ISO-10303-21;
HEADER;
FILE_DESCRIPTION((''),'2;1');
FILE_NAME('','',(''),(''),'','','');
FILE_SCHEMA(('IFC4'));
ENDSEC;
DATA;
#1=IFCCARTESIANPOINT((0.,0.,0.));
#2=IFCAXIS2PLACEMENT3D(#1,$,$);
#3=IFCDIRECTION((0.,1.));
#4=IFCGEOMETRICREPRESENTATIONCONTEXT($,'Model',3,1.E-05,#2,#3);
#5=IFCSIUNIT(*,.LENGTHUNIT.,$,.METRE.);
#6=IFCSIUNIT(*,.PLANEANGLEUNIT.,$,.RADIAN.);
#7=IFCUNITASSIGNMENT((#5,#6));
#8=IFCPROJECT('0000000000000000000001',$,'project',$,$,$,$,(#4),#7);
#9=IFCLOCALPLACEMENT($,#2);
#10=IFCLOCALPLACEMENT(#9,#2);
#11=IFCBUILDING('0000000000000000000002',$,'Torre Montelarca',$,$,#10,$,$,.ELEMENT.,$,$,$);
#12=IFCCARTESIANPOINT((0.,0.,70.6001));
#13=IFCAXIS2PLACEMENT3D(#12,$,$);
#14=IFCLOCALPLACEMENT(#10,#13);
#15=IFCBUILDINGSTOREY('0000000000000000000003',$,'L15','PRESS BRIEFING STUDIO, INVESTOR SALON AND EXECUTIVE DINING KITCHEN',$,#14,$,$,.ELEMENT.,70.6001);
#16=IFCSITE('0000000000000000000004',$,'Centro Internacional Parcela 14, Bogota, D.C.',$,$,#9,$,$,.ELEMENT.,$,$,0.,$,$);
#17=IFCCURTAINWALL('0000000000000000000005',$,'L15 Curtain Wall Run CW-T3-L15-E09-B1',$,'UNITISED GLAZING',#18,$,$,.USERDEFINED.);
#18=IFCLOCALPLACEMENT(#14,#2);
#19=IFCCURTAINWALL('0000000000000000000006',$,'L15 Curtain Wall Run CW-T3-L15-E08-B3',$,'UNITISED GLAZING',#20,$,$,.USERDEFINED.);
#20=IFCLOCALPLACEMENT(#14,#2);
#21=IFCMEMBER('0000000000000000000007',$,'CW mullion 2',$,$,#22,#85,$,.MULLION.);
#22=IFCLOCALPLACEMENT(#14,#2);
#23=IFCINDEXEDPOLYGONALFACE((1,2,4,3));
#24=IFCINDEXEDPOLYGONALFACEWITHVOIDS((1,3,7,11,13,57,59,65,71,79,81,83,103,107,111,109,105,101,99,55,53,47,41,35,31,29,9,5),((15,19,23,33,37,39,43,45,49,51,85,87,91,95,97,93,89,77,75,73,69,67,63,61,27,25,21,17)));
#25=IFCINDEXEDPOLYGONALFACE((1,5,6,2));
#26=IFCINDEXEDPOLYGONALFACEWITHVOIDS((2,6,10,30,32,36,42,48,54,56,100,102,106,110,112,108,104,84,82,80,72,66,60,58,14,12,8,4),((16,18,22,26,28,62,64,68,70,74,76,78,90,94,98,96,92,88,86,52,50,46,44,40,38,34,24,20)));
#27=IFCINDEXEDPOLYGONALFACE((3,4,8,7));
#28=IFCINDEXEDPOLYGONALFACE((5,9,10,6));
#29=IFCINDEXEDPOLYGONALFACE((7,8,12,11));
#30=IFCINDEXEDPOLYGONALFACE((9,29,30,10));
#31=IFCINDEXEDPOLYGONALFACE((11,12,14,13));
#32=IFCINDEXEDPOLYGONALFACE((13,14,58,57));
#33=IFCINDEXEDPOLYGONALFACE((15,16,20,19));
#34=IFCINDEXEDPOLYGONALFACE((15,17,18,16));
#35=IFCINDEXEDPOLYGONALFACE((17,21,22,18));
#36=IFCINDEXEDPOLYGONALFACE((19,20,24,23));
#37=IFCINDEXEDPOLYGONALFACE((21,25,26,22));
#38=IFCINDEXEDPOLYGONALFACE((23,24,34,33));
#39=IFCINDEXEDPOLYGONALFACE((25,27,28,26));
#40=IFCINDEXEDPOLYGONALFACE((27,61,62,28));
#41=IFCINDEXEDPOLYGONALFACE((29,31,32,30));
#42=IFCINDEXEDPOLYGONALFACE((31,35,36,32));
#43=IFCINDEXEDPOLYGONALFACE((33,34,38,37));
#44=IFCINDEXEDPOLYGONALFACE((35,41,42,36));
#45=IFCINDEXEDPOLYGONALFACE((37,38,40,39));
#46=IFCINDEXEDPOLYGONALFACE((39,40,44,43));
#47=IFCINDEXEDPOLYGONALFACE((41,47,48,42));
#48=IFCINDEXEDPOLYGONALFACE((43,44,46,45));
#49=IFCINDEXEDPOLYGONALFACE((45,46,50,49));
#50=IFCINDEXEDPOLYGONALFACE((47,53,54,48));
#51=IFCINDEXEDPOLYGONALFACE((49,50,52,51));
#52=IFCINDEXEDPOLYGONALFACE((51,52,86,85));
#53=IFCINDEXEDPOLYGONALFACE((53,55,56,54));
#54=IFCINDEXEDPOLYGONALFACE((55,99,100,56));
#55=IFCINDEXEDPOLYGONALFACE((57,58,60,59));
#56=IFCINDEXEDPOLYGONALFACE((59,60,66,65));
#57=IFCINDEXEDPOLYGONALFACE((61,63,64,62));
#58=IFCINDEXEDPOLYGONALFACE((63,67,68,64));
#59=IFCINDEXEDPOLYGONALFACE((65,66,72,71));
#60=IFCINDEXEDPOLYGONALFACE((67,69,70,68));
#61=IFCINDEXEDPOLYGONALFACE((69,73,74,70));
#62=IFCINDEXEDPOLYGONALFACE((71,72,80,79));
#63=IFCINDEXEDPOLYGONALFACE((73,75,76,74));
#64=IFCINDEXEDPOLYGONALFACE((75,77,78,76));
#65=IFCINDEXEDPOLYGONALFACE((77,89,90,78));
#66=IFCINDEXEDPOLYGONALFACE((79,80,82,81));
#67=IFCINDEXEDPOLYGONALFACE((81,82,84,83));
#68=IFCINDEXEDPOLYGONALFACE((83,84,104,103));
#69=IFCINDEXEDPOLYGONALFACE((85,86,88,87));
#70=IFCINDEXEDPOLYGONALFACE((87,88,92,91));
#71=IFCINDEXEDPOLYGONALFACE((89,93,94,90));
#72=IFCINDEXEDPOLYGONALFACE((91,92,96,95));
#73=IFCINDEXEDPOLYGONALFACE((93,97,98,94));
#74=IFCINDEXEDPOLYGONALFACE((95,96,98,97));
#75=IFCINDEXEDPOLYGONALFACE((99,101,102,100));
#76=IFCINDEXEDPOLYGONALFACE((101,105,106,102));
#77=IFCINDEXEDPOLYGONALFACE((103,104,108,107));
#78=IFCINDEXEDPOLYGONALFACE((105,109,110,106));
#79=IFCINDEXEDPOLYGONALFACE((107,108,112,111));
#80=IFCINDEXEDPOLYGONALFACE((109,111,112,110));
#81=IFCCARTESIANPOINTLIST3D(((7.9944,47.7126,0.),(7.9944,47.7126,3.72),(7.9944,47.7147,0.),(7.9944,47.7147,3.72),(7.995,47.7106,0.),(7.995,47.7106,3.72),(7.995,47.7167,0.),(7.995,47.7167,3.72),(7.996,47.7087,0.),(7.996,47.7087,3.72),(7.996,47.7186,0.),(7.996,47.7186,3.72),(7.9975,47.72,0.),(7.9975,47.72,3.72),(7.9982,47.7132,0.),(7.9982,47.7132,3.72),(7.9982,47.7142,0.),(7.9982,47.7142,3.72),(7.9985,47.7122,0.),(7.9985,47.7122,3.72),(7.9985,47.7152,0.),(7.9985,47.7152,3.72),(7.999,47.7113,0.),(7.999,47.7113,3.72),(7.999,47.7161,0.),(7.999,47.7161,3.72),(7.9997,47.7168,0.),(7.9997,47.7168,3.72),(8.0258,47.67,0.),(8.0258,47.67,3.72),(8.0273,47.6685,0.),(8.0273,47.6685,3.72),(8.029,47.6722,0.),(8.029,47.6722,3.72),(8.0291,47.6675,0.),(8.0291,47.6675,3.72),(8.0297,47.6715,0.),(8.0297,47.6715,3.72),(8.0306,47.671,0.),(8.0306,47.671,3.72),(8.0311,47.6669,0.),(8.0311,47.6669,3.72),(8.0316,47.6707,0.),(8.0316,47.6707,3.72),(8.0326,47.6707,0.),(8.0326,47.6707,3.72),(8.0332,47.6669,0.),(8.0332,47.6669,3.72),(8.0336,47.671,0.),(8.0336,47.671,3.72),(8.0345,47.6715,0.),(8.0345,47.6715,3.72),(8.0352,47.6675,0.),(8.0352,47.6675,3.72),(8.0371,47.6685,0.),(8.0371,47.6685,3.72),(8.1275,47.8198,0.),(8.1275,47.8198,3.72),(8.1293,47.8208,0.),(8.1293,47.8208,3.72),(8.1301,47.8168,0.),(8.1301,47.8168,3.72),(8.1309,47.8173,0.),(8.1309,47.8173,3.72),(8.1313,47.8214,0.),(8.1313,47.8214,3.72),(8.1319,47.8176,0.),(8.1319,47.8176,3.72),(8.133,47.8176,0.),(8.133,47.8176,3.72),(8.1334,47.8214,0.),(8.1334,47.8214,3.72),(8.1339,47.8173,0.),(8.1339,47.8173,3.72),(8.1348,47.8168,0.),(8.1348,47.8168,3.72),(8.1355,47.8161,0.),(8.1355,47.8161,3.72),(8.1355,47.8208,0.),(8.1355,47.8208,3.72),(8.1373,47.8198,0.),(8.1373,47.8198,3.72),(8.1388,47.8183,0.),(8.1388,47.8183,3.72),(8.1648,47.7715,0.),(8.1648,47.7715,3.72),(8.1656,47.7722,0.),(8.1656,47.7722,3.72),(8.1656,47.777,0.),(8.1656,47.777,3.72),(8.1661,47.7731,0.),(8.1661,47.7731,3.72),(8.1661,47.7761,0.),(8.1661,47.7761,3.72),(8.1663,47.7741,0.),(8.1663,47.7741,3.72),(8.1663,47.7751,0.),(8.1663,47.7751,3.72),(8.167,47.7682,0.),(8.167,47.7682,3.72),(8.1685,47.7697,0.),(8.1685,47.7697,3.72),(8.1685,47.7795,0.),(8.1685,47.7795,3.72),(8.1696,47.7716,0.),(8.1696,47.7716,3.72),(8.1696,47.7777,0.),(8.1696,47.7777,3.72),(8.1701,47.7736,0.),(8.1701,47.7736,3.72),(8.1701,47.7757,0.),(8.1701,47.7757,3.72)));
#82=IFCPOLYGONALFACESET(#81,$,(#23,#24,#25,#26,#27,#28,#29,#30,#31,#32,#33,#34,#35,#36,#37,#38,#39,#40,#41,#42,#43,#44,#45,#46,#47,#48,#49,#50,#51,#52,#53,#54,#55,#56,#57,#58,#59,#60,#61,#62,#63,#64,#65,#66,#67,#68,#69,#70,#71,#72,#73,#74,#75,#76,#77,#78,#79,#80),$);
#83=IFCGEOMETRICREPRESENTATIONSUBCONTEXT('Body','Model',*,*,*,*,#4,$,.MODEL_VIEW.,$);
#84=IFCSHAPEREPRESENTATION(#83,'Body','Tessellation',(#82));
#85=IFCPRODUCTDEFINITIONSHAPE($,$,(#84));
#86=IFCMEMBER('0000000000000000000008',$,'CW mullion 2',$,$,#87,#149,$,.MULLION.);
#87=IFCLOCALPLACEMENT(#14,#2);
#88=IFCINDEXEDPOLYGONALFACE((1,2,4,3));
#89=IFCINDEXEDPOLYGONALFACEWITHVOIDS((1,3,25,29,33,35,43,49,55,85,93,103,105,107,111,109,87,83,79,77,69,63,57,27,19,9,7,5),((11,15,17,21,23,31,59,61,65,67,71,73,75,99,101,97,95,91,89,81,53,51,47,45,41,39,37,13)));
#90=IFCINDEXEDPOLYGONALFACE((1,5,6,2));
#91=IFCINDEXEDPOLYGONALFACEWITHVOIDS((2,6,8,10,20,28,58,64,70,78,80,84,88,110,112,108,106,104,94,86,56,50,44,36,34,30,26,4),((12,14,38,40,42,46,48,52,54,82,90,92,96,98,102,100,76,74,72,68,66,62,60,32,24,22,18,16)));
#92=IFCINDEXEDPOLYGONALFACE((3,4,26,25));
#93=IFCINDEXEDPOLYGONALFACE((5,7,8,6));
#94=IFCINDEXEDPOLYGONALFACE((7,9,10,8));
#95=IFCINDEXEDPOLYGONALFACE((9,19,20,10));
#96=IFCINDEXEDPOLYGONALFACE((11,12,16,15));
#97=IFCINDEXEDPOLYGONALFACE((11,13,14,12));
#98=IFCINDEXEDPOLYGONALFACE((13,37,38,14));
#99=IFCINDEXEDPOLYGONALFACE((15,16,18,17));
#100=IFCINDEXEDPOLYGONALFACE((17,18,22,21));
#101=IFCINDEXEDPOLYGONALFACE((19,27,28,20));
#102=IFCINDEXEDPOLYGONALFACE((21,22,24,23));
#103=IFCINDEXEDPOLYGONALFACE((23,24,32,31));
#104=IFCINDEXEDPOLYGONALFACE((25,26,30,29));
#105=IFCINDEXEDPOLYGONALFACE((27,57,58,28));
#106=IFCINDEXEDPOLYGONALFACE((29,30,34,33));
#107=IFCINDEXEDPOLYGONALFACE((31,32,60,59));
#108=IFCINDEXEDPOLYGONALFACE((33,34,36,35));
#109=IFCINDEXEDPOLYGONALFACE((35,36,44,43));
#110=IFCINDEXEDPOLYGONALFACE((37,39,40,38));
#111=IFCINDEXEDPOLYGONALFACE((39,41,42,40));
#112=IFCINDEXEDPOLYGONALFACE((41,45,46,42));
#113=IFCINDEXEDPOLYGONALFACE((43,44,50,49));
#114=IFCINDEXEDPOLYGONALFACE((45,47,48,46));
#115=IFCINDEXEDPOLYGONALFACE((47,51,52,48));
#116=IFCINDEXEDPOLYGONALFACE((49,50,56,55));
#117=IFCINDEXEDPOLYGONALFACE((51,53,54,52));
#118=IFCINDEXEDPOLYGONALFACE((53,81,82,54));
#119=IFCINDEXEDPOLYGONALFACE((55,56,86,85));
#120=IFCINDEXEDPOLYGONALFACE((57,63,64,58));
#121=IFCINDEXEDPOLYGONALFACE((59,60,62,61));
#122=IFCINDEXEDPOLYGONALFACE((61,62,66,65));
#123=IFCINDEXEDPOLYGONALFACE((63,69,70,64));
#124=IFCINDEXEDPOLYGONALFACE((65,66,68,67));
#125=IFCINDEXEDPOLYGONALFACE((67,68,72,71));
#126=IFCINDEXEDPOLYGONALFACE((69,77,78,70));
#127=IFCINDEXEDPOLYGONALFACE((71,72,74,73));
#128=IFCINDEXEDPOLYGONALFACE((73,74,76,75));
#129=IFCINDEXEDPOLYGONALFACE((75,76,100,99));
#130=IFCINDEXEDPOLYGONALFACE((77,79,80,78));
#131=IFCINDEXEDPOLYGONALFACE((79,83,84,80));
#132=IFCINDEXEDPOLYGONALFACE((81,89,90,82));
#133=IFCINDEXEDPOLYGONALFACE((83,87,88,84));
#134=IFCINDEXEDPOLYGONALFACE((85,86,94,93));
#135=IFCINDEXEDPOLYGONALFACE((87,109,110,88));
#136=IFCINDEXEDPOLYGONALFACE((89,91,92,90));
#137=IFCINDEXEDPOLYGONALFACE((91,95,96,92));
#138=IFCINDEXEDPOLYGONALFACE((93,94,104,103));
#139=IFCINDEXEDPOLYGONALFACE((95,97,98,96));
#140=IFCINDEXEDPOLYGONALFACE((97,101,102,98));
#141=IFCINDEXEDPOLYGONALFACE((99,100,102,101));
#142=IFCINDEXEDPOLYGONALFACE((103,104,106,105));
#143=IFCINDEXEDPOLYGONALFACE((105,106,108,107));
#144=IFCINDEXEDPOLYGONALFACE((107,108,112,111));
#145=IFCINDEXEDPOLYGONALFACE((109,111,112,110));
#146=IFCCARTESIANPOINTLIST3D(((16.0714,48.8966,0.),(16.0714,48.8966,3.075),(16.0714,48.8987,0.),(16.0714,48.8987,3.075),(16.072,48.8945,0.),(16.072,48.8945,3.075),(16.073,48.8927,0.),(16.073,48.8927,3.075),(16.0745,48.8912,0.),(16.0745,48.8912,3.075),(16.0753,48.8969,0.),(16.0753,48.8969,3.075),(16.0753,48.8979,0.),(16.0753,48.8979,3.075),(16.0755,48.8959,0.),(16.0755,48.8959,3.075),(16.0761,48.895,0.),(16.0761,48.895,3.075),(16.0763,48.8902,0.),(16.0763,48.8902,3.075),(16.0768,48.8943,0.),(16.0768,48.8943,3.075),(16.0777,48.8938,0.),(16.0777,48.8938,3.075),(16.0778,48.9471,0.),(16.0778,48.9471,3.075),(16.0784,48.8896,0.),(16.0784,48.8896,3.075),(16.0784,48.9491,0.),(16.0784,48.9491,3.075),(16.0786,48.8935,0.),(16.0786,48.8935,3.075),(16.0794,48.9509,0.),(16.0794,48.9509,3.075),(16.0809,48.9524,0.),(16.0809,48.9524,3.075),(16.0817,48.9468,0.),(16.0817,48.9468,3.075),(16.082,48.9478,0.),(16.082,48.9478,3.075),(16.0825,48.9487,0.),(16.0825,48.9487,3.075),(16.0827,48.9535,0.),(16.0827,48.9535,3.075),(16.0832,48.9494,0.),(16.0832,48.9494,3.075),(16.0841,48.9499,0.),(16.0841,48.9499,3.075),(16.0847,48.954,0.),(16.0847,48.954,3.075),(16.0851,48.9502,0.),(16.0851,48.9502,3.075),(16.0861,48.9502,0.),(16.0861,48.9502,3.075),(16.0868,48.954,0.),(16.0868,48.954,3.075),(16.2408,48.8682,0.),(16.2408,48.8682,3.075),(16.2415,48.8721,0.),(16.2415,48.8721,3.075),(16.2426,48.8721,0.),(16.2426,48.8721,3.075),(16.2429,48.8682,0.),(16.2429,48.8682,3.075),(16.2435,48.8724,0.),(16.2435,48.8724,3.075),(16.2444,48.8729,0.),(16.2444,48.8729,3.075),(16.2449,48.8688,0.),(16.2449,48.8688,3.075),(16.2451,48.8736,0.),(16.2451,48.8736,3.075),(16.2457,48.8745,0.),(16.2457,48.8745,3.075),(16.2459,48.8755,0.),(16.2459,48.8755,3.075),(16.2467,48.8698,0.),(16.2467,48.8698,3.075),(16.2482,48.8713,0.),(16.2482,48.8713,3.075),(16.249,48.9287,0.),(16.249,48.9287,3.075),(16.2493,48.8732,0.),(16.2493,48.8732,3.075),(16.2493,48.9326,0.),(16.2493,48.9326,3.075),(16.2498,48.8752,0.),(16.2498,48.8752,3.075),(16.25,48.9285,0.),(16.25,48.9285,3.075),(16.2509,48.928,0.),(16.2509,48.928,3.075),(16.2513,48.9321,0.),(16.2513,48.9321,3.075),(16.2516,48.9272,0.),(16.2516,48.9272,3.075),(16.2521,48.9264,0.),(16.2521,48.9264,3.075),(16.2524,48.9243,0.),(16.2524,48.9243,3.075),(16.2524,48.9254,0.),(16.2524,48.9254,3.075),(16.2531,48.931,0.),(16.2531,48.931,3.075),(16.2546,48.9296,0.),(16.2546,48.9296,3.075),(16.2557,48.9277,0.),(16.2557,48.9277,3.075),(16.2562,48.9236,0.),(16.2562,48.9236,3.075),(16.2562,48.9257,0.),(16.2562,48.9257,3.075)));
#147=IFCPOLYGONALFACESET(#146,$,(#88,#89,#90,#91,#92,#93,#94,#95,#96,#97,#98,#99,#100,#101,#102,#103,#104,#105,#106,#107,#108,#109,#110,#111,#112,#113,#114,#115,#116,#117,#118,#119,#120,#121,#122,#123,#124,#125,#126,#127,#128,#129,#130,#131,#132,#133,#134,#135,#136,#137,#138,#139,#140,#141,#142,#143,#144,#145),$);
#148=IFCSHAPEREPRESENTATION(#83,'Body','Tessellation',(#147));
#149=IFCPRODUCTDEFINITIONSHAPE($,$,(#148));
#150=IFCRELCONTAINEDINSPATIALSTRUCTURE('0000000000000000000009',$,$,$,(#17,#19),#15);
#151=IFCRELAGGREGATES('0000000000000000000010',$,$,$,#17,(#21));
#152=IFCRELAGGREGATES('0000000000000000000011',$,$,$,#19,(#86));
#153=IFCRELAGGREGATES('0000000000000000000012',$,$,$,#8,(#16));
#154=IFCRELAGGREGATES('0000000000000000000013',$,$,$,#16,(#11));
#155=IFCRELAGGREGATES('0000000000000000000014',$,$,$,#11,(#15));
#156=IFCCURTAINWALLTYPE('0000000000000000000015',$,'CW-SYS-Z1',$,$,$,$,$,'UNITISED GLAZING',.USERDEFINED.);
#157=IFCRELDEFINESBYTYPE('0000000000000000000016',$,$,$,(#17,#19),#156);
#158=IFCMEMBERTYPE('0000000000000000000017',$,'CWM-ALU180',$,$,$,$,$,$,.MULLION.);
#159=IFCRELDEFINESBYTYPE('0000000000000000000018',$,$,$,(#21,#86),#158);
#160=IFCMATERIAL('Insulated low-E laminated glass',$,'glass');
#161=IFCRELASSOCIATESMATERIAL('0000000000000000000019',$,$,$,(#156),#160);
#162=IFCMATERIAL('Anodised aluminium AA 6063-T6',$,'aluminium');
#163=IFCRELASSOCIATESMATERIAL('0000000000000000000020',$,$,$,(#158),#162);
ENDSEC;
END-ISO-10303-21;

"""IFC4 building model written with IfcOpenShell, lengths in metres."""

from ifc_helpers import new_model, si_unit, direction, frame, origin, origin_2d, place, context, subcontext, project, spatial, hollow_rectangle, extrude, source, transform, mapped, material, material_profile, profile_set, type_object, element, aggregate, save


model = new_model("IFC4")

# Units and contexts
model_context = context("Model", 3, precision=1e-05, world=origin(), true_north=direction((0.0, 1.0)))
body_context = subcontext(model_context, "Body", "Model", "MODEL_VIEW")
ifc_project = project(units=[si_unit("LENGTHUNIT", "METRE"), si_unit("PLANEANGLEUNIT", "RADIAN")], contexts=[model_context])

# Site, building, storey
site_placement = place(None, origin())
site = spatial("IfcSite", under=ifc_project, at=site_placement, Name="Centro Internacional Parcela 14, Bogota, D.C.", CompositionType="ELEMENT", RefElevation=0.0)
building_placement = place(site_placement, origin())
building = spatial("IfcBuilding", under=site, at=building_placement, Name="Torre Montelarca", CompositionType="ELEMENT")
storey_placement = place(building_placement, frame((0.0, 0.0, 70.6001)))
storey = spatial("IfcBuildingStorey", under=building, at=storey_placement, Name="L15", Description="PRESS BRIEFING STUDIO, INVESTOR SALON AND EXECUTIVE DINING KITCHEN", CompositionType="ELEMENT", Elevation=70.6001)

# Curtain wall
ifc_material_1 = material(Name="Insulated low-E laminated glass", Category="glass")
curtain_wall_type = type_object("IfcCurtainWallType", Name="CW-SYS-Z1", ElementType="UNITISED GLAZING", PredefinedType="USERDEFINED", material=ifc_material_1)
curtain_wall_1_placement = place(storey_placement, origin())
curtain_wall_1 = element("IfcCurtainWall", 1, at=curtain_wall_1_placement, inside=storey, type_object=curtain_wall_type, Name="L15 Curtain Wall Run CW-T3-L15-E09-B1", ObjectType="UNITISED GLAZING", PredefinedType="USERDEFINED")
ifc_material_2 = material(Name="Anodised aluminium AA 6063-T6", Category="aluminium")

# Curtain wall
curtain_wall_2_placement = place(storey_placement, origin())
curtain_wall_2 = element("IfcCurtainWall", 2, at=curtain_wall_2_placement, inside=storey, type_object=curtain_wall_type, Name="L15 Curtain Wall Run CW-T3-L15-E08-B3", ObjectType="UNITISED GLAZING", PredefinedType="USERDEFINED")

# Members
ifc_material_profile_1 = material_profile(ifc_material_2, hollow_rectangle(XDim=0.0649, YDim=0.1799, WallThickness=0.0039, InnerFilletRadius=0.0039, OuterFilletRadius=0.0081, at=origin_2d()), Name="ALU65X180X4", Category="aluminium")
ifc_profile_set_1 = profile_set([ifc_material_profile_1], Name="Anodised aluminium AA 6063-T6")
member_type_1 = type_object("IfcMemberType", Name="CWM-ALU180", PredefinedType="MULLION", material=ifc_profile_set_1)
shared_shape_1 = source(origin(), body_context, "Body", "SweptSolid", [
    extrude(hollow_rectangle(XDim=0.0649, YDim=0.1799, WallThickness=0.0039, InnerFilletRadius=0.0039, OuterFilletRadius=0.0081, at=origin_2d()), origin(), (0.0, 0.0, 1.0), 3.72),
])
member_1_placement = place(storey_placement, frame((8.0823, 47.7441, 0.0), z_axis=(0.0, 0.0, 1.0), x_axis=(0.608764, -0.793351, 0.0)))
member_1 = element("IfcMember", 3, at=member_1_placement, type_object=member_type_1, Name="CW mullion 2", PredefinedType="MULLION", context=body_context, shape_type="MappedRepresentation", body=[
    mapped(shared_shape_1, transform((0.0, 0.0, 0.0), scale=1.0)),
])
shared_shape_2 = source(origin(), body_context, "Body", "SweptSolid", [
    extrude(hollow_rectangle(XDim=0.0649, YDim=0.1799, WallThickness=0.0039, InnerFilletRadius=0.0039, OuterFilletRadius=0.0081, at=origin_2d()), origin(), (0.0, 0.0, 1.0), 3.075),
])
member_2_placement = place(storey_placement, frame((16.1638, 48.9111, 0.0), z_axis=(0.0, 0.0, 1.0), x_axis=(-0.130528, -0.991445, 0.0)))
member_2 = element("IfcMember", 4, at=member_2_placement, type_object=member_type_1, Name="CW mullion 2", PredefinedType="MULLION", context=body_context, shape_type="MappedRepresentation", body=[
    mapped(shared_shape_2, transform((0.0, 0.0, 0.0), scale=1.0)),
])

aggregate(curtain_wall_1, [member_1])
aggregate(curtain_wall_2, [member_2])

save(model, "model.ifc")
